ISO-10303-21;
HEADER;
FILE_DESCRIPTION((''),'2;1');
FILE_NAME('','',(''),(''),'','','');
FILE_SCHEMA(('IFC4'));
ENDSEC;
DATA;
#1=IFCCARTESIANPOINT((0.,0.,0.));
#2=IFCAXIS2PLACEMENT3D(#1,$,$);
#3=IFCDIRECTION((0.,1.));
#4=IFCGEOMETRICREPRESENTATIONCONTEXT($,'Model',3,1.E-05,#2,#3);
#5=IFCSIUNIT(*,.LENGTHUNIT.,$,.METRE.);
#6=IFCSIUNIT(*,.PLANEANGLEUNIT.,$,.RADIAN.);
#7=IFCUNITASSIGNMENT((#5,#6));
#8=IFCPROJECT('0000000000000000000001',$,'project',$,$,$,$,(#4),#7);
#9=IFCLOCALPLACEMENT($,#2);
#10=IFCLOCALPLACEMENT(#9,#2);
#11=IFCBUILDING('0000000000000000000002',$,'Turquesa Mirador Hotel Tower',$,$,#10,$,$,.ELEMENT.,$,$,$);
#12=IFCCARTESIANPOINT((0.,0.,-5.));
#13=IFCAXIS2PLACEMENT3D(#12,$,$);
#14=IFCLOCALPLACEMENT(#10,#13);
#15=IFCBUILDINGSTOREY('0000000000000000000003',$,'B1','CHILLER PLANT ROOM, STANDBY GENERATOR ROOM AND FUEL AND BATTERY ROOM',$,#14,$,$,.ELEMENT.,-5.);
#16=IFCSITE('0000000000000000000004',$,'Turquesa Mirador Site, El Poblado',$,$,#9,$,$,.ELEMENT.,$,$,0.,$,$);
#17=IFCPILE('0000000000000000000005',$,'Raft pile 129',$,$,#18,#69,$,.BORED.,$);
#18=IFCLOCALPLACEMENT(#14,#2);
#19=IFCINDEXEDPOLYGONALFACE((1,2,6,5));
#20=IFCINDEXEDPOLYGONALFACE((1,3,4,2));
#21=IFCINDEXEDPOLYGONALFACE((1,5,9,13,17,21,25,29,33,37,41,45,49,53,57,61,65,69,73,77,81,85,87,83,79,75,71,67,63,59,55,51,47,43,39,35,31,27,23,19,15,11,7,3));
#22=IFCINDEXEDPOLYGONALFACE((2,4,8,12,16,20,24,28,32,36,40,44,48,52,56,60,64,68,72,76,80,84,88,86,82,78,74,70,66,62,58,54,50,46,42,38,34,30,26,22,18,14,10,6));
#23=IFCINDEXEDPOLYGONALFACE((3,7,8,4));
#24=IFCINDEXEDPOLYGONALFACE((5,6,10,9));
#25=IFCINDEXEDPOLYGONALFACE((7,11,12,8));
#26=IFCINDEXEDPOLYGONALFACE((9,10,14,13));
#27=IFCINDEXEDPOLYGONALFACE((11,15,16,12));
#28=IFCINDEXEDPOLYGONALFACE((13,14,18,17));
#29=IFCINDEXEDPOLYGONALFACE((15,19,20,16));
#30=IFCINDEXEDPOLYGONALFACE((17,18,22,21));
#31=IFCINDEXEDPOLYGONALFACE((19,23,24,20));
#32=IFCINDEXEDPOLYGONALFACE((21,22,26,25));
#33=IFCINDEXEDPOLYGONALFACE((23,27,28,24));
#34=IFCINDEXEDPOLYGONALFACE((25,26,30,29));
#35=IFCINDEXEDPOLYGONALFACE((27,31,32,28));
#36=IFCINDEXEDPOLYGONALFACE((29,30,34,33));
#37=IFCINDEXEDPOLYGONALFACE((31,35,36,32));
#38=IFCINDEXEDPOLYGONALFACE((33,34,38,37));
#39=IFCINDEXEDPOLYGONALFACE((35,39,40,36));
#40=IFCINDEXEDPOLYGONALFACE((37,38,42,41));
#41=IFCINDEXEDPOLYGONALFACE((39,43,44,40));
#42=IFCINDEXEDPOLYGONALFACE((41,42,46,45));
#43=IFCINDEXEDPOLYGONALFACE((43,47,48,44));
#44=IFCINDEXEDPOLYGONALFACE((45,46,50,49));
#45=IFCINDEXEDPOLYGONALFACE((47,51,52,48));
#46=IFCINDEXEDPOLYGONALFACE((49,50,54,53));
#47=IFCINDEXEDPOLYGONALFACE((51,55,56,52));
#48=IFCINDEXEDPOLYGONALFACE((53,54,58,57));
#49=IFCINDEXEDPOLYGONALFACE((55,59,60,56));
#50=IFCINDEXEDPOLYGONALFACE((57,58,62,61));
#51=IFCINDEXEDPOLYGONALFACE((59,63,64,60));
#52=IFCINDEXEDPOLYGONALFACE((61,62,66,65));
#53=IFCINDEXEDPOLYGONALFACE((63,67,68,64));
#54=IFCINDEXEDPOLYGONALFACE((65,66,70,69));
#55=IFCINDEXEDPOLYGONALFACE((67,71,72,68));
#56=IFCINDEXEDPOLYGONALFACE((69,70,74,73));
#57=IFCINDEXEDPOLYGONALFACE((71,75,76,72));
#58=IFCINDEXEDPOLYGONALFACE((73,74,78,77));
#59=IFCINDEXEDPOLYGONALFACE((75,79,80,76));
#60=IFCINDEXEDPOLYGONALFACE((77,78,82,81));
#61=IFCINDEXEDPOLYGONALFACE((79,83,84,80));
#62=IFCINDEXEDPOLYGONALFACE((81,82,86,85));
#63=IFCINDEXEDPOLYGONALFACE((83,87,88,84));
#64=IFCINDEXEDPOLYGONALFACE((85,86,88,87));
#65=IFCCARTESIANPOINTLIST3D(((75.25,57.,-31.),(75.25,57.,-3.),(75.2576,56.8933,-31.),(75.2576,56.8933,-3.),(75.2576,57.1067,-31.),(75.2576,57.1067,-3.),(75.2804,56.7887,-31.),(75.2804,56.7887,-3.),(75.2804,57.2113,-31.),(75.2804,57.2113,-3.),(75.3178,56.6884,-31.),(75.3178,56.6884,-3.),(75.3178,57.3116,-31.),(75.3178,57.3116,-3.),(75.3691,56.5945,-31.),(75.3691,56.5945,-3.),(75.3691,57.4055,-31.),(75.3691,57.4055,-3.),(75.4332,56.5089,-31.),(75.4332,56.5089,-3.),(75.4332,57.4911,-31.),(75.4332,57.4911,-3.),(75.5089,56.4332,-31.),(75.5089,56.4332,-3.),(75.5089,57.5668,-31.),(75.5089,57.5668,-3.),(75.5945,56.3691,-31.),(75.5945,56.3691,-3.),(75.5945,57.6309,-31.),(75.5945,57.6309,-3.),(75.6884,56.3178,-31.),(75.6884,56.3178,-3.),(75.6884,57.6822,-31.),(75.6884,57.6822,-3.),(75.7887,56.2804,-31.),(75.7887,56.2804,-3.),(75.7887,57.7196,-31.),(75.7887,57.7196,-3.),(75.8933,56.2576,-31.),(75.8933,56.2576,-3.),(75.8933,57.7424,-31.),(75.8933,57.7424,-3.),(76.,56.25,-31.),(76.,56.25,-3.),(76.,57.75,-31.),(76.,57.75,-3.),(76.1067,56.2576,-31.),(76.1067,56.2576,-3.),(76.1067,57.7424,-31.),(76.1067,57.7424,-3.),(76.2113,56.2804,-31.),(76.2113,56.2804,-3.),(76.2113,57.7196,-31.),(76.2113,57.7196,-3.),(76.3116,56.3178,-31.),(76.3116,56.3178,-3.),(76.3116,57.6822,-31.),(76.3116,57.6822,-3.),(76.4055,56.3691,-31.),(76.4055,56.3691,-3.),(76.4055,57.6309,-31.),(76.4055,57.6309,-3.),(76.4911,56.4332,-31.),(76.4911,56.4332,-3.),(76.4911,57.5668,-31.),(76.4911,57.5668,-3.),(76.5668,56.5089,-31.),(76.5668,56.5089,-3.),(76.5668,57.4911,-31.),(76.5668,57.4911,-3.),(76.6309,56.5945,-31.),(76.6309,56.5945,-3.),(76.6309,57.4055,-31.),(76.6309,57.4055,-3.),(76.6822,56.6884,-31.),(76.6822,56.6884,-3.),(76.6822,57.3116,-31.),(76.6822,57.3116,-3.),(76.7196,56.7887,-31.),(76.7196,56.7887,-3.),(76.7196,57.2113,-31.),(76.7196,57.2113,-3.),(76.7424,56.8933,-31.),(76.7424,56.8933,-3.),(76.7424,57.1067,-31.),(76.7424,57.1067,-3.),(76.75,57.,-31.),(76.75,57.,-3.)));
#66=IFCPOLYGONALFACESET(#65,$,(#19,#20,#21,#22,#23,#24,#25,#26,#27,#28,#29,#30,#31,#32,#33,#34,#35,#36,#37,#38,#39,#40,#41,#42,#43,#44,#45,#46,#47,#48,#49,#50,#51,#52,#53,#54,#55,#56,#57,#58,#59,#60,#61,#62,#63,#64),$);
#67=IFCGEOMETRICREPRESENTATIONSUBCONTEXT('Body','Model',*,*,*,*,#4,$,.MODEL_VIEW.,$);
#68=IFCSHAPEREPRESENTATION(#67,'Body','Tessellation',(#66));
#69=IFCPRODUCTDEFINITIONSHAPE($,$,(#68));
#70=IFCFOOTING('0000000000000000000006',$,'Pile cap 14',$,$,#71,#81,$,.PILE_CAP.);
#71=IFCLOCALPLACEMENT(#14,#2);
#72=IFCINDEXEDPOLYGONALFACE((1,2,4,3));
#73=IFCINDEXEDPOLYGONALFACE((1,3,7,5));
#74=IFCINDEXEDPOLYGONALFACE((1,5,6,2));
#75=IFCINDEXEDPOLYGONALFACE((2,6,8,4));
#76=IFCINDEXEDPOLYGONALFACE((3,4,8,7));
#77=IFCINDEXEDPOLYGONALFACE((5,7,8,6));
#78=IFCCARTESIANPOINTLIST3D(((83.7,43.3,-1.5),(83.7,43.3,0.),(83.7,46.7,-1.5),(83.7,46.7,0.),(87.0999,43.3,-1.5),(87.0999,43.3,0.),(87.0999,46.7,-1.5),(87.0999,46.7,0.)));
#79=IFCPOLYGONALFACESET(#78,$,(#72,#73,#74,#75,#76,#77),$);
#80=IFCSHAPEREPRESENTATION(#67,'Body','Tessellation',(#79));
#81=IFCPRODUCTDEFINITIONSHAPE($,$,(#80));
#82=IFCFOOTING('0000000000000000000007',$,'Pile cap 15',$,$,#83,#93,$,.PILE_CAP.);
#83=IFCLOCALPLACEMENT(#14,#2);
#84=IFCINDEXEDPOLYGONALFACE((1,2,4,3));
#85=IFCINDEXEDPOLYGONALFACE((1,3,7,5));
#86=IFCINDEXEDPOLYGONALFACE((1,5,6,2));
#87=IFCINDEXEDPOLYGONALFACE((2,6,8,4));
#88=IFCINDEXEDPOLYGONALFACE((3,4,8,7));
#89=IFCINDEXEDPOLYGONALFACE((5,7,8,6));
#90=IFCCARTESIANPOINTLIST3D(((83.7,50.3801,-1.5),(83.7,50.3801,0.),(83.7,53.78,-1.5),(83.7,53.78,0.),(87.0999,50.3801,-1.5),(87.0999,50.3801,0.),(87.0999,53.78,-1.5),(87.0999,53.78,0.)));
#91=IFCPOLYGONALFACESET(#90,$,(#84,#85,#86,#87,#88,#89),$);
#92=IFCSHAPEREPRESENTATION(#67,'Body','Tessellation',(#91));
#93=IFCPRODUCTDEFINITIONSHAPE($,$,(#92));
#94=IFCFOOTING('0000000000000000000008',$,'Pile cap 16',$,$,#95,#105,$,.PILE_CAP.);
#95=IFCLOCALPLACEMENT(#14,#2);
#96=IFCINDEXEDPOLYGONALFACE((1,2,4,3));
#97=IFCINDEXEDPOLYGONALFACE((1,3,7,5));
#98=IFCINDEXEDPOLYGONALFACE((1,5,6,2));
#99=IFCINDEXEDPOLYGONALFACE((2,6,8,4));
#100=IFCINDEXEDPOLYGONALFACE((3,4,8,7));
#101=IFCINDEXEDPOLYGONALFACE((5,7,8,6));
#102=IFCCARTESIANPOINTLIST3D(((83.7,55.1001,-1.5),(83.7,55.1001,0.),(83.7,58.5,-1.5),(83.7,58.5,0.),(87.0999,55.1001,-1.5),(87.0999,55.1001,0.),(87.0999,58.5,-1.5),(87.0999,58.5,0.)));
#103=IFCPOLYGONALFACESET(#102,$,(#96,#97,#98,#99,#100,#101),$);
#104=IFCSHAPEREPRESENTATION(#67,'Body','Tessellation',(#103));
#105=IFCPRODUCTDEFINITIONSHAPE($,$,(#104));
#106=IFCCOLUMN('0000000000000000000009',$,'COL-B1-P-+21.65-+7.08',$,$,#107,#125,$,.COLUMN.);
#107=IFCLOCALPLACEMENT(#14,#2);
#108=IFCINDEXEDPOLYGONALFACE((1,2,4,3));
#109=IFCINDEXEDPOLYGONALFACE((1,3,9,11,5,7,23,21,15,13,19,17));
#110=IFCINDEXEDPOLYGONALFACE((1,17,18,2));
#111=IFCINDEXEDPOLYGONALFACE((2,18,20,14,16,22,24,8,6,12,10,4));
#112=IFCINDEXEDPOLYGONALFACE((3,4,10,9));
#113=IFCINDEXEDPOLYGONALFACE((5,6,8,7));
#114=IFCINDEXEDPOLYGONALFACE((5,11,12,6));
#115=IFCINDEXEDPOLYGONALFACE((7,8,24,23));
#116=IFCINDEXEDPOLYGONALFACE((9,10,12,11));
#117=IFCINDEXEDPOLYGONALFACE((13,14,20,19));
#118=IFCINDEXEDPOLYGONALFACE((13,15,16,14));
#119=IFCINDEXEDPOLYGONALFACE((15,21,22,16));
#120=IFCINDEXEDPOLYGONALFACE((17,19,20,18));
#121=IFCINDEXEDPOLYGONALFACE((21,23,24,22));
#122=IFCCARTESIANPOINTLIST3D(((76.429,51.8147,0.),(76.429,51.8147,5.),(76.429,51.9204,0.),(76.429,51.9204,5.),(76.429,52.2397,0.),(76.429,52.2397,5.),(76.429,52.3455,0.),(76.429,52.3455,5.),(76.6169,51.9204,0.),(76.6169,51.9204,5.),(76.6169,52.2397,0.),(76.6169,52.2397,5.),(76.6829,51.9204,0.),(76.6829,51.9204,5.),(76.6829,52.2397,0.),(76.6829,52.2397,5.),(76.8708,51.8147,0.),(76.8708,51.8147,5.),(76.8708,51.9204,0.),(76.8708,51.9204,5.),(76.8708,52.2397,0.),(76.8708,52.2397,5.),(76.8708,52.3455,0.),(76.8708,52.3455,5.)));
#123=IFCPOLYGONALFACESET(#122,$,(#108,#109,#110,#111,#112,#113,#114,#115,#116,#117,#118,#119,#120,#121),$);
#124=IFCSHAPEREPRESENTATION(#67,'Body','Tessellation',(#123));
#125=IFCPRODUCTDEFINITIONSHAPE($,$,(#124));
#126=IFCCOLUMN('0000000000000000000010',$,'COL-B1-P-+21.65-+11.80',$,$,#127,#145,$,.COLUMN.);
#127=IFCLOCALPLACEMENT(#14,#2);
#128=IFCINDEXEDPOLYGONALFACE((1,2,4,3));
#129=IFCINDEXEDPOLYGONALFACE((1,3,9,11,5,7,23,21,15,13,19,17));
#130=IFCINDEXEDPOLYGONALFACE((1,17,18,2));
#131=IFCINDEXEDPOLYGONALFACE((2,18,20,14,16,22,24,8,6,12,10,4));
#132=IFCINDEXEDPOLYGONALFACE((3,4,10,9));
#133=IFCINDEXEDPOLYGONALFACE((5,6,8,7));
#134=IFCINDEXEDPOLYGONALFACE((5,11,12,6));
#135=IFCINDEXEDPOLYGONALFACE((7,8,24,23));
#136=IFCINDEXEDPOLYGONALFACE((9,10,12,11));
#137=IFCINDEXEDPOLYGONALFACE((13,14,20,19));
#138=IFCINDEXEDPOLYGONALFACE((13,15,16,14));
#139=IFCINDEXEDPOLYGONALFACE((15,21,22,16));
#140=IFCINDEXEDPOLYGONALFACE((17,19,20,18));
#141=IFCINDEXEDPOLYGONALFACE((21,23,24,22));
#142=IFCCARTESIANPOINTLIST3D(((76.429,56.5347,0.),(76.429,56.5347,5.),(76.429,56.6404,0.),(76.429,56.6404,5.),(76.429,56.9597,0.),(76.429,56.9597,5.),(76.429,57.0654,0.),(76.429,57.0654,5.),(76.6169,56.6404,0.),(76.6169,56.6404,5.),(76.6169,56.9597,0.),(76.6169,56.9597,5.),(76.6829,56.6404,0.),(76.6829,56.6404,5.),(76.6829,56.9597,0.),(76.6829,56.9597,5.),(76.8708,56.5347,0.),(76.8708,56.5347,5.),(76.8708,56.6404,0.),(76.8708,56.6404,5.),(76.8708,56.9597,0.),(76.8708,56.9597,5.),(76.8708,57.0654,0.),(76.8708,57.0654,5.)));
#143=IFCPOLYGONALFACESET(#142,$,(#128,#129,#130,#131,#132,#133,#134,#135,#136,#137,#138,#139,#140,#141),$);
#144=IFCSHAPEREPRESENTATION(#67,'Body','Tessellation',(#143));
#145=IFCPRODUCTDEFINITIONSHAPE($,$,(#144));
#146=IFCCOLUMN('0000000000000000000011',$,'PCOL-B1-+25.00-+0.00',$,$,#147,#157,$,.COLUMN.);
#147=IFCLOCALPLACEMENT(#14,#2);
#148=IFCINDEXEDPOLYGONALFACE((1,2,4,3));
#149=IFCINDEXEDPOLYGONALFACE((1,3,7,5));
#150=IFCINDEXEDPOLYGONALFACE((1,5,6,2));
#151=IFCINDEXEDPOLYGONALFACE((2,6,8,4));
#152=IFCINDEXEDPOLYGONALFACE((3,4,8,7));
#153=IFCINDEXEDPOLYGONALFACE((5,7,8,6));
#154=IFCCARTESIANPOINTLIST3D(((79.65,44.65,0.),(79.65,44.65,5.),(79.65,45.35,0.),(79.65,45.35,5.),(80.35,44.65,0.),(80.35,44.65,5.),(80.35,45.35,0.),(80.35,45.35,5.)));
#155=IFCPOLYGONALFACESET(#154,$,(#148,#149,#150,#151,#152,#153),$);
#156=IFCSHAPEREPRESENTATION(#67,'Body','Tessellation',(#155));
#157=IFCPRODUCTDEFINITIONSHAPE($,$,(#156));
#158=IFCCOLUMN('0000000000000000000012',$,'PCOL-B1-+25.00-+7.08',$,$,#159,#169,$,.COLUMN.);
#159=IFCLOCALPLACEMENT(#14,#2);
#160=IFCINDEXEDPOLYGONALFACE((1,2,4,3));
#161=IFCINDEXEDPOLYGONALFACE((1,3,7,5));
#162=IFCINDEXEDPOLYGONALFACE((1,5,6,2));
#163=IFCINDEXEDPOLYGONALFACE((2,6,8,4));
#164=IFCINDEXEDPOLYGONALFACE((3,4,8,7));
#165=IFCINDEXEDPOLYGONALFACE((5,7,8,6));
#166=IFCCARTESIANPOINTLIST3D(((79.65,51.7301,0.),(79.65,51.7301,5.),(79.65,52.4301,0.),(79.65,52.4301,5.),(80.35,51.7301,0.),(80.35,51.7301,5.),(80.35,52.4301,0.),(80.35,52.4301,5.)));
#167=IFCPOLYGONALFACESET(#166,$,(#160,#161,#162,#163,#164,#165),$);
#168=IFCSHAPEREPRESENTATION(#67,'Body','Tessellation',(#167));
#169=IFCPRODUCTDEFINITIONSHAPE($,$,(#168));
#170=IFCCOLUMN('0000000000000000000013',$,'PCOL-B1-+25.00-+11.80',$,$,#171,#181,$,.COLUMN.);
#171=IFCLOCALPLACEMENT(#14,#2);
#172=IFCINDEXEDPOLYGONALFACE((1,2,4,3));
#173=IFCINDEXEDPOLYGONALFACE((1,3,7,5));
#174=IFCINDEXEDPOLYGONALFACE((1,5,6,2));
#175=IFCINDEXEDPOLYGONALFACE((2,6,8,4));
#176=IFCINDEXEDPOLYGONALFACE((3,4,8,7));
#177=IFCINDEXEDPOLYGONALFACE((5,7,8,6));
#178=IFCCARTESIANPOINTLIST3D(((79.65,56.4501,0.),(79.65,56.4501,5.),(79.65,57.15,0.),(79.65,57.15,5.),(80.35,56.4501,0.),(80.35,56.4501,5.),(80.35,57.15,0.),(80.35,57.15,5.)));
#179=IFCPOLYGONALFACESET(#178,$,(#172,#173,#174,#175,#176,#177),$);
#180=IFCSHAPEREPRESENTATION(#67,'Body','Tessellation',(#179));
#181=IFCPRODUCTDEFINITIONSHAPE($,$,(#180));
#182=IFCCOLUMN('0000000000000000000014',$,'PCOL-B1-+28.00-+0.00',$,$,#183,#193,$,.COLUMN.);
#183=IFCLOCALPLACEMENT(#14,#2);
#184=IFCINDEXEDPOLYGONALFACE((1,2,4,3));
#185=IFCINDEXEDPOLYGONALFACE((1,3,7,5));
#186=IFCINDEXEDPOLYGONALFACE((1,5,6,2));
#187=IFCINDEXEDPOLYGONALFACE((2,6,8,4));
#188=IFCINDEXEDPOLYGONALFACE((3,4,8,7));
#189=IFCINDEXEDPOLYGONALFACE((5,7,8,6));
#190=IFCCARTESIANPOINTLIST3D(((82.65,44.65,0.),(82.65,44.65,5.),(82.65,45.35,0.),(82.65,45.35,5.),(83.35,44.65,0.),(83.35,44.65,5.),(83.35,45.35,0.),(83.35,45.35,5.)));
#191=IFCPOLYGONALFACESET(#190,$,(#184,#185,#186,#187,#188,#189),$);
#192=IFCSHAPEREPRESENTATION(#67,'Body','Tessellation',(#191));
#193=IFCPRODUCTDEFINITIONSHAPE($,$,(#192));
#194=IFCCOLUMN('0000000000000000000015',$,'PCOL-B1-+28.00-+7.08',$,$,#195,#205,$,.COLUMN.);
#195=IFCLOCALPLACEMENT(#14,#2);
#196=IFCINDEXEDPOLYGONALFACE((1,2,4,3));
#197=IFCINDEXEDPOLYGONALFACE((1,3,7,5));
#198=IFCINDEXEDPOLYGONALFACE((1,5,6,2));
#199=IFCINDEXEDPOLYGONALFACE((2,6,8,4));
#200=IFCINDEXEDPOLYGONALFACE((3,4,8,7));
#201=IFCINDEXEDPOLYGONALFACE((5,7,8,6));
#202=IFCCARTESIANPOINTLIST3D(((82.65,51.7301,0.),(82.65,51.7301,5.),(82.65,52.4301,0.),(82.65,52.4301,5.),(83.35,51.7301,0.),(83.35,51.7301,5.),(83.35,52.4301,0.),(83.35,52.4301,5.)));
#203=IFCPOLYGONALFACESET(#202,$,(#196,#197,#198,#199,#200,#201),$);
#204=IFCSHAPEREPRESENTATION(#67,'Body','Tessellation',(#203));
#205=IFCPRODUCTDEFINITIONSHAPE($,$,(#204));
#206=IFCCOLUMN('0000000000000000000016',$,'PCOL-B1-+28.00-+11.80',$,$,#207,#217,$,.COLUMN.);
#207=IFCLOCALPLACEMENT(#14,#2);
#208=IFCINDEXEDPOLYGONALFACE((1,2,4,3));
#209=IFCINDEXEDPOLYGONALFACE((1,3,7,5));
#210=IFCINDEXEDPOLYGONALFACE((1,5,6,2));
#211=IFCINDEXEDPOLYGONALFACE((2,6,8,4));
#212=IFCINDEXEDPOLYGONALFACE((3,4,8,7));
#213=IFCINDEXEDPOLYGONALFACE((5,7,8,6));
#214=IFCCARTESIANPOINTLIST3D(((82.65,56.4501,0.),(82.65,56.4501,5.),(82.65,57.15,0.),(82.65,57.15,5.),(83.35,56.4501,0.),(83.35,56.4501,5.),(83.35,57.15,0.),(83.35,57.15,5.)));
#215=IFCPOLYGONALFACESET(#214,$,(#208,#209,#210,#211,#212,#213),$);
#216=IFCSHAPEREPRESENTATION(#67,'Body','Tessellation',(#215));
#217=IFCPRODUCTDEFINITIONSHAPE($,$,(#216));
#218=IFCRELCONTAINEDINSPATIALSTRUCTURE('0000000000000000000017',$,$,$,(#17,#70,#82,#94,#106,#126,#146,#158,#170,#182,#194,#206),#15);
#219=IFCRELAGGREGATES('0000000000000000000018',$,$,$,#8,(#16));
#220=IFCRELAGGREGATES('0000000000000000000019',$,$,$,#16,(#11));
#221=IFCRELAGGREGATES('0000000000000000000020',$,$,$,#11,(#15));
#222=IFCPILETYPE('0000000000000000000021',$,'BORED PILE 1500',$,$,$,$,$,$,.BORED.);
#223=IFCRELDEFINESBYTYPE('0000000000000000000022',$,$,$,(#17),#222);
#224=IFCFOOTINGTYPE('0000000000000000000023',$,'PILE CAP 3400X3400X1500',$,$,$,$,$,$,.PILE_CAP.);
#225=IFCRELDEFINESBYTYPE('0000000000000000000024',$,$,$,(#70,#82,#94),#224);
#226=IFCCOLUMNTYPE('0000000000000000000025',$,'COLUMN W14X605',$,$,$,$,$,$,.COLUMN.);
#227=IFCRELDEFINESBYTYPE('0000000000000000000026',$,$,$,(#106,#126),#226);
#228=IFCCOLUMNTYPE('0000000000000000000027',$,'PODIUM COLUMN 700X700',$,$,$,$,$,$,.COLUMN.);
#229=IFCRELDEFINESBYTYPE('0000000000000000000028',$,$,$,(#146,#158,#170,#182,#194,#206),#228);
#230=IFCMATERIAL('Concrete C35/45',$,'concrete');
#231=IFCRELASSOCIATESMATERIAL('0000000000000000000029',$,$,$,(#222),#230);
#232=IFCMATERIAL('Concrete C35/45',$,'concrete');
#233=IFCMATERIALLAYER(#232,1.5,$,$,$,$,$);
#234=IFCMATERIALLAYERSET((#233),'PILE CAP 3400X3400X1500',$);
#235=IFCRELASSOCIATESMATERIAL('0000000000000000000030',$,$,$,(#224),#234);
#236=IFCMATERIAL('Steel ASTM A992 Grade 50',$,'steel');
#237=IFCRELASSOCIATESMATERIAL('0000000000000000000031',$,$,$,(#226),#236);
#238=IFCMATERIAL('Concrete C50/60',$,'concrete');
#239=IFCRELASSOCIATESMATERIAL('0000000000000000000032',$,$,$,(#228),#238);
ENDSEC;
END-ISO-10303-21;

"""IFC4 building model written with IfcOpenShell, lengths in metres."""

from ifc_helpers import new_model, si_unit, direction, frame, origin, origin_2d, place, context, subcontext, project, spatial, rectangle, circle, i_section, extrude, material, layer, layer_set, material_profile, profile_set, type_object, element, save


model = new_model("IFC4")

# Units and contexts
model_context = context("Model", 3, precision=1e-05, world=origin(), true_north=direction((0.0, 1.0)))
body_context = subcontext(model_context, "Body", "Model", "MODEL_VIEW")
ifc_project = project(units=[si_unit("LENGTHUNIT", "METRE"), si_unit("PLANEANGLEUNIT", "RADIAN")], contexts=[model_context])

# Site, building, storey
site_placement = place(None, origin())
site = spatial("IfcSite", under=ifc_project, at=site_placement, Name="Turquesa Mirador Site, El Poblado", CompositionType="ELEMENT", RefElevation=0.0)
building_placement = place(site_placement, origin())
building = spatial("IfcBuilding", under=site, at=building_placement, Name="Turquesa Mirador Hotel Tower", CompositionType="ELEMENT")
storey_placement = place(building_placement, frame((0.0, 0.0, -5.0)))
storey = spatial("IfcBuildingStorey", under=building, at=storey_placement, Name="B1", Description="CHILLER PLANT ROOM, STANDBY GENERATOR ROOM AND FUEL AND BATTERY ROOM", CompositionType="ELEMENT", Elevation=-5.0)

# Pile
ifc_material_1 = material(Name="Concrete C35/45", Category="concrete")
pile_type_1 = type_object("IfcPileType", Name="BORED PILE 1500", PredefinedType="BORED", material=ifc_material_1)
for number, where, z_axis, x_axis, name in (
    (1, (76.0, 57.0, -3.0), (0.0, 0.0, -1.0), (1.0, 0.0, 0.0), "Raft pile 129"),
):
    element("IfcPile", number, at=place(storey_placement, frame(where, z_axis=z_axis, x_axis=x_axis)), inside=storey, type_object=pile_type_1, Name=name, PredefinedType="BORED", context=body_context, shape_type="SweptSolid", body=[
        extrude(circle(Radius=0.75, at=origin_2d()), origin(), (0.0, 0.0, 1.0), 28.0),
    ])

# Footings
ifc_material_2 = material(Name="Concrete C35/45", Category="concrete")
ifc_layer = layer(ifc_material_2, 1.5)
ifc_layer_set = layer_set([ifc_layer], Name="PILE CAP 3400X3400X1500")
footing_type = type_object("IfcFootingType", Name="PILE CAP 3400X3400X1500", PredefinedType="PILE_CAP", material=ifc_layer_set)
for number, where, z_axis, x_axis, name in (
    (2, (85.3999, 45.0, -1.5), (0.0, 0.0, 1.0), (1.0, 0.0, 0.0), "Pile cap 14"),
    (3, (85.3999, 52.0801, -1.5), (0.0, 0.0, 1.0), (1.0, 0.0, 0.0), "Pile cap 15"),
    (4, (85.3999, 56.8, -1.5), (0.0, 0.0, 1.0), (1.0, 0.0, 0.0), "Pile cap 16"),
):
    element("IfcFooting", number, at=place(storey_placement, frame(where, z_axis=z_axis, x_axis=x_axis)), inside=storey, type_object=footing_type, Name=name, PredefinedType="PILE_CAP", context=body_context, shape_type="SweptSolid", body=[
        extrude(rectangle(XDim=3.3999, YDim=3.3999, at=origin_2d()), origin(), (0.0, 0.0, 1.0), 1.5),
    ])

# Columns
ifc_material_3 = material(Name="Steel ASTM A992 Grade 50", Category="steel")
ifc_material_profile_1 = material_profile(ifc_material_3, i_section(OverallWidth=0.4419, OverallDepth=0.5308, WebThickness=0.0659, FlangeThickness=0.1057, at=origin_2d()), Name="W14X605")
ifc_profile_set_1 = profile_set([ifc_material_profile_1], Name="Steel ASTM A992 Grade 50")
column_type_1 = type_object("IfcColumnType", Name="COLUMN W14X605", PredefinedType="COLUMN", material=ifc_profile_set_1)
for number, where, z_axis, x_axis, name in (
    (5, (76.6499, 52.0801, 0.0), (0.0, 0.0, 1.0), (1.0, 0.0, 0.0), "COL-B1-P-+21.65-+7.08"),
    (6, (76.6499, 56.8, 0.0), (0.0, 0.0, 1.0), (1.0, 0.0, 0.0), "COL-B1-P-+21.65-+11.80"),
):
    element("IfcColumn", number, at=place(storey_placement, frame(where, z_axis=z_axis, x_axis=x_axis)), inside=storey, type_object=column_type_1, Name=name, PredefinedType="COLUMN", context=body_context, shape_type="SweptSolid", body=[
        extrude(i_section(OverallWidth=0.4419, OverallDepth=0.5308, WebThickness=0.0659, FlangeThickness=0.1057, at=origin_2d()), origin(), (0.0, 0.0, 1.0), 5.0),
    ])
ifc_material_4 = material(Name="Concrete C50/60", Category="concrete")
ifc_material_profile_2 = material_profile(ifc_material_4, rectangle(XDim=0.7, YDim=0.7, at=origin_2d()), Name="RC 700X700")
ifc_profile_set_2 = profile_set([ifc_material_profile_2], Name="Concrete C50/60")
column_type_2 = type_object("IfcColumnType", Name="PODIUM COLUMN 700X700", PredefinedType="COLUMN", material=ifc_profile_set_2)
for number, where, z_axis, x_axis, name in (
    (7, (80.0, 45.0, 0.0), (0.0, 0.0, 1.0), (1.0, 0.0, 0.0), "PCOL-B1-+25.00-+0.00"),
    (8, (80.0, 52.0801, 0.0), (0.0, 0.0, 1.0), (1.0, 0.0, 0.0), "PCOL-B1-+25.00-+7.08"),
    (9, (80.0, 56.8, 0.0), (0.0, 0.0, 1.0), (1.0, 0.0, 0.0), "PCOL-B1-+25.00-+11.80"),
    (10, (83.0, 45.0, 0.0), (0.0, 0.0, 1.0), (1.0, 0.0, 0.0), "PCOL-B1-+28.00-+0.00"),
    (11, (83.0, 52.0801, 0.0), (0.0, 0.0, 1.0), (1.0, 0.0, 0.0), "PCOL-B1-+28.00-+7.08"),
    (12, (83.0, 56.8, 0.0), (0.0, 0.0, 1.0), (1.0, 0.0, 0.0), "PCOL-B1-+28.00-+11.80"),
):
    element("IfcColumn", number, at=place(storey_placement, frame(where, z_axis=z_axis, x_axis=x_axis)), inside=storey, type_object=column_type_2, Name=name, PredefinedType="COLUMN", context=body_context, shape_type="SweptSolid", body=[
        extrude(rectangle(XDim=0.7, YDim=0.7, at=origin_2d()), origin(), (0.0, 0.0, 1.0), 5.0),
    ])

save(model, "model.ifc")
